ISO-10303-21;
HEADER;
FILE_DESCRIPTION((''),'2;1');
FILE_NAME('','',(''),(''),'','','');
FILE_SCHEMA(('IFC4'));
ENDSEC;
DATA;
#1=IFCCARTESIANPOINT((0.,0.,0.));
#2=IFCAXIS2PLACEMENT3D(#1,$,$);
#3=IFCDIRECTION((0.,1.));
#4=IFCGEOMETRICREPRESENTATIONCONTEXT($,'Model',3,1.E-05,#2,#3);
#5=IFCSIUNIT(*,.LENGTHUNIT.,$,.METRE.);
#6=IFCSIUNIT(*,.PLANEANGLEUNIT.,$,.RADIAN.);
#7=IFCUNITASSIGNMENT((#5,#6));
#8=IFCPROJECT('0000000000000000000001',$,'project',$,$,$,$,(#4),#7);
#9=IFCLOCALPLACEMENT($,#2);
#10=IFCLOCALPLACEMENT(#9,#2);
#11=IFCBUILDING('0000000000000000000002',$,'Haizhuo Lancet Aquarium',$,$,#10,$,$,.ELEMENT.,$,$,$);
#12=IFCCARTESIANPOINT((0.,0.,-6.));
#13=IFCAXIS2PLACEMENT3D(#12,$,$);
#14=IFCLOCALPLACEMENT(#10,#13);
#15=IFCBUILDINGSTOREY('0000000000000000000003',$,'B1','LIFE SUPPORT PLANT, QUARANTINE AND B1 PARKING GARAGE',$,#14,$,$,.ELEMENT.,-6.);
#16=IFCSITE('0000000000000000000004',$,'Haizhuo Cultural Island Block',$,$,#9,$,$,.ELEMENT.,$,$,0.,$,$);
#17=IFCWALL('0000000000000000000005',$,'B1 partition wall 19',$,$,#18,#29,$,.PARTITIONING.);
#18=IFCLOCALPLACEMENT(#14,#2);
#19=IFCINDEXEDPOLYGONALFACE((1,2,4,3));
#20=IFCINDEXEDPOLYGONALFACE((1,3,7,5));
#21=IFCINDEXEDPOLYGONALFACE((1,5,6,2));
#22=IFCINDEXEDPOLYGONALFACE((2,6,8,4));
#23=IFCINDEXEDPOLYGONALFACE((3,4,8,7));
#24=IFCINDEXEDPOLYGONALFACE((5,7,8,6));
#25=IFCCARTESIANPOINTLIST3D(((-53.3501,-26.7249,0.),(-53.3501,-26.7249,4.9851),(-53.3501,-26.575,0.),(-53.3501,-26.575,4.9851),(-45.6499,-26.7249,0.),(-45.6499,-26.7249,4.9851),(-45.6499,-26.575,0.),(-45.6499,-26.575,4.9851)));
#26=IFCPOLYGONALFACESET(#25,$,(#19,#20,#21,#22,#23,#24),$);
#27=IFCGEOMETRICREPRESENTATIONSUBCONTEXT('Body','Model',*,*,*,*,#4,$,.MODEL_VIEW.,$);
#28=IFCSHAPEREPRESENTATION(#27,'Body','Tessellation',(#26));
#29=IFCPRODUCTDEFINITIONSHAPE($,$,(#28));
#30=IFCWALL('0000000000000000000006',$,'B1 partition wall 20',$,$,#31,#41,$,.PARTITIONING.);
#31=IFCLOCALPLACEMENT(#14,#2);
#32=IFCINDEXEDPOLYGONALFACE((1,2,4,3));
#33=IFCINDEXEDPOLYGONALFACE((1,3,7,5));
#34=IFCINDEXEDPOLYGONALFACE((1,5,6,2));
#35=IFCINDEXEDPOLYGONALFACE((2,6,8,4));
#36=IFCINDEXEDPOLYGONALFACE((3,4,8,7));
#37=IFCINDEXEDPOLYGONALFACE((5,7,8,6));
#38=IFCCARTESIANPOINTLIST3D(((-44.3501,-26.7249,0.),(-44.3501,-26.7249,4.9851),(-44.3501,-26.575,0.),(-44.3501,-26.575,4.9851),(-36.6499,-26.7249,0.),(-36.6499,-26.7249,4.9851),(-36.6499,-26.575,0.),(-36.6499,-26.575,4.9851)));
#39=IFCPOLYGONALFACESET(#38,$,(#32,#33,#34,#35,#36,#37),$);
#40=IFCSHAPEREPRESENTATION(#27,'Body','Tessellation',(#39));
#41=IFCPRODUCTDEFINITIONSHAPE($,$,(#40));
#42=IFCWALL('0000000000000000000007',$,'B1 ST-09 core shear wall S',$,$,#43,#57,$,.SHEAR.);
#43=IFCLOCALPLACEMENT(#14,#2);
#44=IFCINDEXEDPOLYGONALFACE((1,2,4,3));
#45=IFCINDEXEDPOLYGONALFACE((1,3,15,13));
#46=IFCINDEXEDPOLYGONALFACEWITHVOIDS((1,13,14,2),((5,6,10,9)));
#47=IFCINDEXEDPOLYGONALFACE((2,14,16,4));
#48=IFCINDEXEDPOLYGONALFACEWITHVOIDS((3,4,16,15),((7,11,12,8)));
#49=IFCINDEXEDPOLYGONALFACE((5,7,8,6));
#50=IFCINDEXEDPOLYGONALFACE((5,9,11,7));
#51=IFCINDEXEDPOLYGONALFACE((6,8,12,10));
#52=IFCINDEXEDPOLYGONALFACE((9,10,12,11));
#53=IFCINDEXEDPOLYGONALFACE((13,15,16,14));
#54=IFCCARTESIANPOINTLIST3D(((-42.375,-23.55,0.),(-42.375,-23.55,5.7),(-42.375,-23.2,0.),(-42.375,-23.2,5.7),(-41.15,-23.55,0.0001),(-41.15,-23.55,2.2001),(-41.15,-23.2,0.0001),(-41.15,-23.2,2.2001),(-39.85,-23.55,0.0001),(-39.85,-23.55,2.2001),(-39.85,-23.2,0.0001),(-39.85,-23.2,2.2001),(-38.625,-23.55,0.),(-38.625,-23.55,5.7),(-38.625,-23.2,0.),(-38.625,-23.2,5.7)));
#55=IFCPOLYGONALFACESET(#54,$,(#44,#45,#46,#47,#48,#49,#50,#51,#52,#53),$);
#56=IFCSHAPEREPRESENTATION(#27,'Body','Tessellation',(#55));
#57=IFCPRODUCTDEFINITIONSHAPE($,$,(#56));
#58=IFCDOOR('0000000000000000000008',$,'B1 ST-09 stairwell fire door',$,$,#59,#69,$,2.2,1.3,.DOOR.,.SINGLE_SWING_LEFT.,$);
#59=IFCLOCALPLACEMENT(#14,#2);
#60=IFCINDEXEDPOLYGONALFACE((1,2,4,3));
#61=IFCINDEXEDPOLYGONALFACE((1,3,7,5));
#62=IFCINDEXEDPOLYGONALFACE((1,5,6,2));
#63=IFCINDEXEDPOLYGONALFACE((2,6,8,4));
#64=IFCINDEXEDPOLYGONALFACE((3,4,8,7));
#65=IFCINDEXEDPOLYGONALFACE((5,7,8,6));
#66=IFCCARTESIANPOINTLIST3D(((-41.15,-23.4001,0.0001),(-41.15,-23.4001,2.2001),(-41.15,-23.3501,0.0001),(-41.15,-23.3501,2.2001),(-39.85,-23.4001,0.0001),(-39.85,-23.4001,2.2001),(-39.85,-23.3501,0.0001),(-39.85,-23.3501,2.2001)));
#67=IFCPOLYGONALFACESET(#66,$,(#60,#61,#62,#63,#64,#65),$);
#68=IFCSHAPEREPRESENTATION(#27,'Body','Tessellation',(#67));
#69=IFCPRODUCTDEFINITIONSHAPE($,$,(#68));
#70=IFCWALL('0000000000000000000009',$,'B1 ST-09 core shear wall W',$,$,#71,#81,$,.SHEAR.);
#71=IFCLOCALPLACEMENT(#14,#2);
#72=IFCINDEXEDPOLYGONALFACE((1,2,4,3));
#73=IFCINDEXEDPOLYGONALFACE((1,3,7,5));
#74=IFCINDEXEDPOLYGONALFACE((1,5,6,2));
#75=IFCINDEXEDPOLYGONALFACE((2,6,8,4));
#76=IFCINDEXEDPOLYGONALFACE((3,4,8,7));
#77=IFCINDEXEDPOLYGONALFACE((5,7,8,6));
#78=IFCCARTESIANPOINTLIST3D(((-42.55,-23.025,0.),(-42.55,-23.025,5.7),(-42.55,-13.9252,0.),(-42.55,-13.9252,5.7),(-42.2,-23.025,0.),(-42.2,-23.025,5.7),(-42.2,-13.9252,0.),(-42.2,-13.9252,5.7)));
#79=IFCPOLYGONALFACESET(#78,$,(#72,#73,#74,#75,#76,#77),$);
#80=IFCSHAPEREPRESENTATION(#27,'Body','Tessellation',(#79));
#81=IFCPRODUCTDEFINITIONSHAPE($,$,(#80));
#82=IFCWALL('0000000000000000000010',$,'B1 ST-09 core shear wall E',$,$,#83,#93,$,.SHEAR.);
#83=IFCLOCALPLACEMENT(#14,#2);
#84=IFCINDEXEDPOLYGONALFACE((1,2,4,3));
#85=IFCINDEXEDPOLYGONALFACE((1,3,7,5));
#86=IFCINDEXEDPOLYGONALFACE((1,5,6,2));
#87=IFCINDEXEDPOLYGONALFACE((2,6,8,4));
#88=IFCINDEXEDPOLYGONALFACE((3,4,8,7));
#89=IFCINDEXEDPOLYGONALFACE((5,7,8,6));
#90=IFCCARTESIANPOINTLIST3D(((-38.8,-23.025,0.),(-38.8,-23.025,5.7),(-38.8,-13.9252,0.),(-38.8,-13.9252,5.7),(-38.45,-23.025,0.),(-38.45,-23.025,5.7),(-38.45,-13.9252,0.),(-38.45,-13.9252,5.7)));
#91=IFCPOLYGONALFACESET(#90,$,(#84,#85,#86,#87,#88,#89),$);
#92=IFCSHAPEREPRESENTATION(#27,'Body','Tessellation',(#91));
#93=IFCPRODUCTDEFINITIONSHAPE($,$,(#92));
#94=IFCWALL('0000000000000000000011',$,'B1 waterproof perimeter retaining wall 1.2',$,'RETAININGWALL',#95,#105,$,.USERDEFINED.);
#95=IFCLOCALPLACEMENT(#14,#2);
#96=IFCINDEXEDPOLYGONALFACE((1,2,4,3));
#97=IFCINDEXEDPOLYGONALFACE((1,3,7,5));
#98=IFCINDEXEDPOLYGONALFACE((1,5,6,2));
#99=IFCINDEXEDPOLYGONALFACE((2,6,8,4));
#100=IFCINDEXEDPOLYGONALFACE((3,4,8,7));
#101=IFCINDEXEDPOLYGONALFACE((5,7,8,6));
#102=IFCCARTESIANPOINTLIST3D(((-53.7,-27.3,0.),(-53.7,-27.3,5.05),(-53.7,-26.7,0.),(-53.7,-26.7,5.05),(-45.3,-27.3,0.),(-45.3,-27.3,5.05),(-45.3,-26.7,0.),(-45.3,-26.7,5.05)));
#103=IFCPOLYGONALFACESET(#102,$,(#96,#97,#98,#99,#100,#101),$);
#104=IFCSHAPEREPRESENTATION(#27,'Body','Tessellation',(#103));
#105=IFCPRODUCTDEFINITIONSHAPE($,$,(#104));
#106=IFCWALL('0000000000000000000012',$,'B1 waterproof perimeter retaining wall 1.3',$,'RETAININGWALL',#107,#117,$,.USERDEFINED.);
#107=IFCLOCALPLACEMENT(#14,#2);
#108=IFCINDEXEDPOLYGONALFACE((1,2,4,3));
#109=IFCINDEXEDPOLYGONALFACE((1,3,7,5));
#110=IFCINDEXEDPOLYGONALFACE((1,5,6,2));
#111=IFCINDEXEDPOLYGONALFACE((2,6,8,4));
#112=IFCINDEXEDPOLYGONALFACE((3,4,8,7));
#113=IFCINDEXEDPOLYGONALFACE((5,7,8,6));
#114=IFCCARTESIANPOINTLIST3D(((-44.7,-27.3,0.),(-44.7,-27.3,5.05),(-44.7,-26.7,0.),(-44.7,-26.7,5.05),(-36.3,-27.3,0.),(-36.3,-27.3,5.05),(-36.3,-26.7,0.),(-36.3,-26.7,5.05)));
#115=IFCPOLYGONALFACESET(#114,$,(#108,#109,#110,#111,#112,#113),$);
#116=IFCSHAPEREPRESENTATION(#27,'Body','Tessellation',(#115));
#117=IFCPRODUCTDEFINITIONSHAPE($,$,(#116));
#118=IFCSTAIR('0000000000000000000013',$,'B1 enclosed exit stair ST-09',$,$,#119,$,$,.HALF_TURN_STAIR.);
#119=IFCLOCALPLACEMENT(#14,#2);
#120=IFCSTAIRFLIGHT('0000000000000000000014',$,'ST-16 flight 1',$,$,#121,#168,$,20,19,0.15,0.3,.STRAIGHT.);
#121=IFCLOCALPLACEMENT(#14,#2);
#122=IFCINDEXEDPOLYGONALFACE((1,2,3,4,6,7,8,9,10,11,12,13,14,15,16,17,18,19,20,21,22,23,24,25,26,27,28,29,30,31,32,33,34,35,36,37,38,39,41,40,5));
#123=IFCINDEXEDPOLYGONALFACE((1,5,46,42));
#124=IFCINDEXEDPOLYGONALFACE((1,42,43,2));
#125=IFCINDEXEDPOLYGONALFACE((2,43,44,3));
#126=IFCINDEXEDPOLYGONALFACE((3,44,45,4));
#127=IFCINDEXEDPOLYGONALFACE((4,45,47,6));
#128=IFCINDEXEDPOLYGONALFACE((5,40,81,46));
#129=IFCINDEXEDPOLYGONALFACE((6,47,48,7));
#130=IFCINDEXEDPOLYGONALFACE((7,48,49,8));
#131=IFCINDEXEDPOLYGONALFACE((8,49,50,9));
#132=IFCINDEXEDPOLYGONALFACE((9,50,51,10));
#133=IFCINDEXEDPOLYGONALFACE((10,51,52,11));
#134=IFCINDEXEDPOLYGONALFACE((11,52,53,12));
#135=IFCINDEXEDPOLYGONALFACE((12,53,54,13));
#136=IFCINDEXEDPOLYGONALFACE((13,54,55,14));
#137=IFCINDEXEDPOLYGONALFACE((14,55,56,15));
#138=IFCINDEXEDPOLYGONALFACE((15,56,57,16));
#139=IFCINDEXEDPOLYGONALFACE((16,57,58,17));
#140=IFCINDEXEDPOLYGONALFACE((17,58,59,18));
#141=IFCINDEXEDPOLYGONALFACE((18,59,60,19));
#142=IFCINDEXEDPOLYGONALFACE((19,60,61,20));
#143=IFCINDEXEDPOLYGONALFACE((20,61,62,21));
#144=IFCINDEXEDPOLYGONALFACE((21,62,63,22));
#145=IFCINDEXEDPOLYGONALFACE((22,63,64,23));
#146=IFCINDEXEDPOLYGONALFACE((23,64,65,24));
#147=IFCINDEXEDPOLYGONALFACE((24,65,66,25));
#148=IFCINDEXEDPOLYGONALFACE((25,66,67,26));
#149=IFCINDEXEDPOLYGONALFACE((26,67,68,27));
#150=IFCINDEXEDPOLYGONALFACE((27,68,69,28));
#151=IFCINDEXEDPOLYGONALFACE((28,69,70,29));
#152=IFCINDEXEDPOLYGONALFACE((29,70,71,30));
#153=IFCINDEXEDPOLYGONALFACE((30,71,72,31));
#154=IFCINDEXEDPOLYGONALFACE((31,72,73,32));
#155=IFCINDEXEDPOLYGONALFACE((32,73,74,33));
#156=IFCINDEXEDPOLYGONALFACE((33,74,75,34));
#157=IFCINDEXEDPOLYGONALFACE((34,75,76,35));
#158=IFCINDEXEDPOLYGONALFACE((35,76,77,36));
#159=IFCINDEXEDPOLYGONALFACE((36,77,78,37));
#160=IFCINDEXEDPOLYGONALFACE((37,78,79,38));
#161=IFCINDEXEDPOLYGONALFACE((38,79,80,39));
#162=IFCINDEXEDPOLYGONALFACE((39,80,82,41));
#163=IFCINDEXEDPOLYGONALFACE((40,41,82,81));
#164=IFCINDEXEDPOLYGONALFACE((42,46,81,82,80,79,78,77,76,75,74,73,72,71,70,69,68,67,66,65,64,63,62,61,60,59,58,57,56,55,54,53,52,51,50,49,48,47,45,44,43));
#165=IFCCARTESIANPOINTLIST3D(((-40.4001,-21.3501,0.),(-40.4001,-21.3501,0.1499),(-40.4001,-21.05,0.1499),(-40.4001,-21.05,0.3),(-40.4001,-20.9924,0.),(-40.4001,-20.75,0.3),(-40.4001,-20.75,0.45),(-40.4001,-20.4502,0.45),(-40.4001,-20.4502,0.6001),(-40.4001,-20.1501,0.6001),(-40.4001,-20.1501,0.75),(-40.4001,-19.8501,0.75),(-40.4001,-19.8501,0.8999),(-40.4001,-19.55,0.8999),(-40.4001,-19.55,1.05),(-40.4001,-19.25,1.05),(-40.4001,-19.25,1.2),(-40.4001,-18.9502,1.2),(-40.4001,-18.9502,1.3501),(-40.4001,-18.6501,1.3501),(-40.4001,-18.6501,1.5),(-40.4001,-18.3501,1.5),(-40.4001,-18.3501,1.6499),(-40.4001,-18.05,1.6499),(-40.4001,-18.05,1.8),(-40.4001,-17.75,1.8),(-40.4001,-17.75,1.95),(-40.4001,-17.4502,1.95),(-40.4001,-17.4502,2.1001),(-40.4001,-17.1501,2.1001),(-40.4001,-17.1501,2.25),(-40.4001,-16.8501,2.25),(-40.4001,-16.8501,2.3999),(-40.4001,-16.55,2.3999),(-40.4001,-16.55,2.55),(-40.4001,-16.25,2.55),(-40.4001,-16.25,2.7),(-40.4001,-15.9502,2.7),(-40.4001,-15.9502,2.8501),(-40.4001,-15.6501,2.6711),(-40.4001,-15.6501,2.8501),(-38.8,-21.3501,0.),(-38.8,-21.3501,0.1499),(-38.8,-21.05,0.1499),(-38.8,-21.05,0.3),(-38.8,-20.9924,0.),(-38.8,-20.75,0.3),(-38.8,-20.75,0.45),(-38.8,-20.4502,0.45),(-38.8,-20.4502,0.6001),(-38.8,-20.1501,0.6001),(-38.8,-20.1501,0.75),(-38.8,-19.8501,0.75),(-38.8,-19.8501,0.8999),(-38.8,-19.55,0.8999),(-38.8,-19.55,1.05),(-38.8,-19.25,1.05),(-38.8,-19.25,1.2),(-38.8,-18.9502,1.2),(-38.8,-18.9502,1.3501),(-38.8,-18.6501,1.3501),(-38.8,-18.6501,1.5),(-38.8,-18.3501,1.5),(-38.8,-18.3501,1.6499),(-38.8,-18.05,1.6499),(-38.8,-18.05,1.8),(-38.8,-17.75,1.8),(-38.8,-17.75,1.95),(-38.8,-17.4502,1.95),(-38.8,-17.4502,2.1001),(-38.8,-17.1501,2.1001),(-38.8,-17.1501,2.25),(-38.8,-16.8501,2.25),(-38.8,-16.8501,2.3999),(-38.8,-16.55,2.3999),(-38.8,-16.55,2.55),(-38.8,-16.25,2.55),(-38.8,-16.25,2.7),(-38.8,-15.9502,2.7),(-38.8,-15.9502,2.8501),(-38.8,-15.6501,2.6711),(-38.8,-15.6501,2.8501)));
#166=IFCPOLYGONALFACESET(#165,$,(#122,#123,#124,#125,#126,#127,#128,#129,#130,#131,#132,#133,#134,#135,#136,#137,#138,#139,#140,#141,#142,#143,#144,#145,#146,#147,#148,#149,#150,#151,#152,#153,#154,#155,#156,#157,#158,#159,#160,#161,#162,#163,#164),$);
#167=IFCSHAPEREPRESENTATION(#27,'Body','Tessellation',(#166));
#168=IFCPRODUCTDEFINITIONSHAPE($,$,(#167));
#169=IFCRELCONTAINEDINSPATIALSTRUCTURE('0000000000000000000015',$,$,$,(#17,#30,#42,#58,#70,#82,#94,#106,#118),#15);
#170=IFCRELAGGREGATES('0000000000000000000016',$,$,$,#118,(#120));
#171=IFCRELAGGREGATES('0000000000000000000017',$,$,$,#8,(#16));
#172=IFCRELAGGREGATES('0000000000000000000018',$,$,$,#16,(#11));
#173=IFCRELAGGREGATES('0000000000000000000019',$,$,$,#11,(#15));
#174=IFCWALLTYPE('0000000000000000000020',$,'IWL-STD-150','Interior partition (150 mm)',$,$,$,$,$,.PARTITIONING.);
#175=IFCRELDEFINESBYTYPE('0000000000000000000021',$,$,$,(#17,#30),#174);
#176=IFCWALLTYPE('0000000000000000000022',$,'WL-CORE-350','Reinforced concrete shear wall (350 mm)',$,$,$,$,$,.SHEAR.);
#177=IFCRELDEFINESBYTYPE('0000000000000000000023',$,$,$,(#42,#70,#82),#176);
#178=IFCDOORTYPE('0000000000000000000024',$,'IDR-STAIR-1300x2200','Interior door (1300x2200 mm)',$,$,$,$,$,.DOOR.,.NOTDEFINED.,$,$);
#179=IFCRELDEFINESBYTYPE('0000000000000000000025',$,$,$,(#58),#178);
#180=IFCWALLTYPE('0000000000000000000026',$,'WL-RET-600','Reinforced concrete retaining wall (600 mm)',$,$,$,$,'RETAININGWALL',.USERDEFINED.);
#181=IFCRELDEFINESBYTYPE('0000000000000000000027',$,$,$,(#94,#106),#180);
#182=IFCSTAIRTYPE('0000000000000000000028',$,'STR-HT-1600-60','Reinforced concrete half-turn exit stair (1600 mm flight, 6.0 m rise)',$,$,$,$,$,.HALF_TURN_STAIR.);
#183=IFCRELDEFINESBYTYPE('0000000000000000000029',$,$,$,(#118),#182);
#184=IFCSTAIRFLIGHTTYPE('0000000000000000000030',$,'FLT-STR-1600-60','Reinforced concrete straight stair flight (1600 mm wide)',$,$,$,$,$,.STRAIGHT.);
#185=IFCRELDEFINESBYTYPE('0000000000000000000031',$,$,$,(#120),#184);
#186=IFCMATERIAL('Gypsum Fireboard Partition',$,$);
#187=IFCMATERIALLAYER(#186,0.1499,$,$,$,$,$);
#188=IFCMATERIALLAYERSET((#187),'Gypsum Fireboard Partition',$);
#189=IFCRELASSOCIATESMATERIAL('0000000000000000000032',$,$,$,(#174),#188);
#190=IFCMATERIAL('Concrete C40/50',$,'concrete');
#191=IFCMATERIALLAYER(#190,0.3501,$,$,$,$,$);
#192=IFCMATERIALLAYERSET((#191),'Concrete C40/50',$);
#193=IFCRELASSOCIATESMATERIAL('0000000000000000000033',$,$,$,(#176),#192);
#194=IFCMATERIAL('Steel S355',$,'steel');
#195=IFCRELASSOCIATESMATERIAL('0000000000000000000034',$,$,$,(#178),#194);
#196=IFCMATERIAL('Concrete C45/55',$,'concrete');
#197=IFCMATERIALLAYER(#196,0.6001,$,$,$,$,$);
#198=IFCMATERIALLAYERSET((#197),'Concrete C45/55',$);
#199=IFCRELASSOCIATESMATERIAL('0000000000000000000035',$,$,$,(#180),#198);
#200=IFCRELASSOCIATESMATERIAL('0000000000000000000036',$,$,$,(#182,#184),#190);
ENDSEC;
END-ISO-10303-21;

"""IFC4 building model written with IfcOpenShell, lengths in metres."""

from ifc_helpers import new_model, si_unit, direction, frame, frame_2d, origin, place, context, subcontext, project, spatial, polyline, rectangle, outline, extrude, material, layer, layer_set, type_object, element, fill, aggregate, save


model = new_model("IFC4")

# Units and contexts
model_context = context("Model", 3, precision=1e-05, world=origin(), true_north=direction((0.0, 1.0)))
body_context = subcontext(model_context, "Body", "Model", "MODEL_VIEW")
ifc_project = project(units=[si_unit("LENGTHUNIT", "METRE"), si_unit("PLANEANGLEUNIT", "RADIAN")], contexts=[model_context])

# Site, building, storey
site_placement = place(None, origin())
site = spatial("IfcSite", under=ifc_project, at=site_placement, Name="Haizhuo Cultural Island Block", CompositionType="ELEMENT", RefElevation=0.0)
building_placement = place(site_placement, origin())
building = spatial("IfcBuilding", under=site, at=building_placement, Name="Haizhuo Lancet Aquarium", CompositionType="ELEMENT")
storey_placement = place(building_placement, frame((0.0, 0.0, -6.0)))
storey = spatial("IfcBuildingStorey", under=building, at=storey_placement, Name="B1", Description="LIFE SUPPORT PLANT, QUARANTINE AND B1 PARKING GARAGE", CompositionType="ELEMENT", Elevation=-6.0)

# Shared definitions
ifc_material_1 = material(Name="Concrete C40/50", Category="concrete")

# Shared definitions
ifc_material_2 = material(Name="Steel S355", Category="steel")

# Walls
ifc_material_3 = material(Name="Gypsum Fireboard Partition")
ifc_layer_1 = layer(ifc_material_3, 0.1499)
ifc_layer_set_1 = layer_set([ifc_layer_1], Name="Gypsum Fireboard Partition")
wall_type_1 = type_object("IfcWallType", Name="IWL-STD-150", Description="Interior partition (150 mm)", PredefinedType="PARTITIONING", material=ifc_layer_set_1)
for number, where, z_axis, x_axis, name in (
    (1, (-53.3501, -26.6499, 0.0), (0.0, 0.0, 1.0), (1.0, 0.0, 0.0), "B1 partition wall 19"),
    (2, (-44.3501, -26.6499, 0.0), (0.0, 0.0, 1.0), (1.0, 0.0, 0.0), "B1 partition wall 20"),
):
    element("IfcWall", number, at=place(storey_placement, frame(where, z_axis=z_axis, x_axis=x_axis)), inside=storey, type_object=wall_type_1, Name=name, PredefinedType="PARTITIONING", context=body_context, shape_type="SweptSolid", body=[
        extrude(rectangle(XDim=7.7002, YDim=0.1499, at=frame_2d((3.8501, 0.0))), origin(), (0.0, 0.0, 1.0), 4.9851),
    ])

# Wall, opening, door
ifc_layer_2 = layer(ifc_material_1, 0.3501)
ifc_layer_set_2 = layer_set([ifc_layer_2], Name="Concrete C40/50")
wall_type_2 = type_object("IfcWallType", Name="WL-CORE-350", Description="Reinforced concrete shear wall (350 mm)", PredefinedType="SHEAR", material=ifc_layer_set_2)
wall_placement = place(storey_placement, frame((-42.375, -23.375, 0.0), z_axis=(0.0, 0.0, 1.0), x_axis=(1.0, 0.0, 0.0)))
wall = element("IfcWall", 3, at=wall_placement, inside=storey, type_object=wall_type_2, Name="B1 ST-09 core shear wall S", PredefinedType="SHEAR", context=body_context, shape_type="SweptSolid", body=[
    extrude(rectangle(XDim=3.75, YDim=0.3501, at=frame_2d((1.875, 0.0))), origin(), (0.0, 0.0, 1.0), 5.7),
])
opening_placement = place(wall_placement, frame((1.2251, 0.0, 0.0)))
opening = element("IfcOpeningElement", 4, at=opening_placement, cuts=wall, PredefinedType="OPENING", context=body_context, shape_type="SweptSolid", body=[
    extrude(rectangle(XDim=1.3, YDim=2.2, at=frame_2d((0.6499, 1.1001))), frame((0.0, 0.1851, 0.0), z_axis=(0.0, -1.0, 0.0), x_axis=(1.0, 0.0, 0.0)), (0.0, 0.0, 1.0), 0.3701),
])
door_type = type_object("IfcDoorType", Name="IDR-STAIR-1300x2200", Description="Interior door (1300x2200 mm)", OperationType="NOTDEFINED", PredefinedType="DOOR", material=ifc_material_2)
door_placement = place(opening_placement, origin())
door = element("IfcDoor", 5, at=door_placement, inside=storey, type_object=door_type, Name="B1 ST-09 stairwell fire door", OperationType="SINGLE_SWING_LEFT", OverallHeight=2.2, OverallWidth=1.3, PredefinedType="DOOR", context=body_context, shape_type="SweptSolid", body=[
    extrude(rectangle(XDim=1.3, YDim=2.2, at=frame_2d((0.6499, 1.1001))), frame((0.0, 0.0249, 0.0), z_axis=(0.0, -1.0, 0.0), x_axis=(1.0, 0.0, 0.0)), (0.0, 0.0, 1.0), 0.05),
])
fill(opening, door)

# Walls
for number, where, z_axis, x_axis, name in (
    (6, (-42.375, -23.0249, 0.0), (0.0, 0.0, 1.0), (0.0, 1.0, 0.0), "B1 ST-09 core shear wall W"),
    (7, (-38.625, -23.0249, 0.0), (0.0, 0.0, 1.0), (0.0, 1.0, 0.0), "B1 ST-09 core shear wall E"),
):
    element("IfcWall", number, at=place(storey_placement, frame(where, z_axis=z_axis, x_axis=x_axis)), inside=storey, type_object=wall_type_2, Name=name, PredefinedType="SHEAR", context=body_context, shape_type="SweptSolid", body=[
        extrude(rectangle(XDim=9.0999, YDim=0.3501, at=frame_2d((4.5498, 0.0))), origin(), (0.0, 0.0, 1.0), 5.7),
    ])
ifc_material_4 = material(Name="Concrete C45/55", Category="concrete")
ifc_layer_3 = layer(ifc_material_4, 0.6001)
ifc_layer_set_3 = layer_set([ifc_layer_3], Name="Concrete C45/55")
wall_type_3 = type_object("IfcWallType", Name="WL-RET-600", Description="Reinforced concrete retaining wall (600 mm)", ElementType="RETAININGWALL", PredefinedType="USERDEFINED", material=ifc_layer_set_3)
for number, where, z_axis, x_axis, name in (
    (8, (-53.7, -27.0, 0.0), (0.0, 0.0, 1.0), (1.0, 0.0, 0.0), "B1 waterproof perimeter retaining wall 1.2"),
    (9, (-44.7, -27.0, 0.0), (0.0, 0.0, 1.0), (1.0, 0.0, 0.0), "B1 waterproof perimeter retaining wall 1.3"),
):
    element("IfcWall", number, at=place(storey_placement, frame(where, z_axis=z_axis, x_axis=x_axis)), inside=storey, type_object=wall_type_3, Name=name, ObjectType="RETAININGWALL", PredefinedType="USERDEFINED", context=body_context, shape_type="SweptSolid", body=[
        extrude(rectangle(XDim=8.3999, YDim=0.6001, at=frame_2d((4.2, 0.0))), origin(), (0.0, 0.0, 1.0), 5.05),
    ])

# Stair, stair flight
stair_type = type_object("IfcStairType", Name="STR-HT-1600-60", Description="Reinforced concrete half-turn exit stair (1600 mm flight, 6.0 m rise)", PredefinedType="HALF_TURN_STAIR", material=ifc_material_1)
stair_placement = place(storey_placement, origin())
stair = element("IfcStair", 10, at=stair_placement, inside=storey, type_object=stair_type, Name="B1 enclosed exit stair ST-09", PredefinedType="HALF_TURN_STAIR")
stair_flight_type = type_object("IfcStairFlightType", Name="FLT-STR-1600-60", Description="Reinforced concrete straight stair flight (1600 mm wide)", PredefinedType="STRAIGHT", material=ifc_material_1)
stair_flight_placement = place(storey_placement, frame((-39.6001, -21.3501, 0.0), z_axis=(0.0, 0.0, 1.0), x_axis=(0.0, 1.0, 0.0)))
stair_flight = element("IfcStairFlight", 11, at=stair_flight_placement, type_object=stair_flight_type, Name="ST-16 flight 1", NumberOfRisers=20, NumberOfTreads=19, PredefinedType="STRAIGHT", RiserHeight=0.15, TreadLength=0.3, context=body_context, shape_type="SweptSolid", body=[
    extrude(outline(polyline([(0.0, 0.0), (0.0, 0.1499), (0.3, 0.1499), (0.3, 0.3), (0.6001, 0.3), (0.6001, 0.45), (0.8999, 0.45), (0.8999, 0.6001), (1.2, 0.6001), (1.2, 0.75), (1.5, 0.75), (1.5, 0.8999), (1.8, 0.8999), (1.8, 1.05), (2.1001, 1.05), (2.1001, 1.2), (2.3999, 1.2), (2.3999, 1.3501), (2.7, 1.3501), (2.7, 1.5), (3.0, 1.5), (3.0, 1.6499), (3.3, 1.6499), (3.3, 1.8), (3.6001, 1.8), (3.6001, 1.95), (3.8999, 1.95), (3.8999, 2.1001), (4.2, 2.1001), (4.2, 2.25), (4.5, 2.25), (4.5, 2.3999), (4.8, 2.3999), (4.8, 2.55), (5.1001, 2.55), (5.1001, 2.7), (5.3999, 2.7), (5.3999, 2.8501), (5.7, 2.8501), (5.7, 3.0), (5.7, 2.6711), (0.3577, 0.0), (0.0, 0.0)])), frame((0.0, 0.8, 0.0), z_axis=(0.0, -1.0, 0.0), x_axis=(1.0, 0.0, 0.0)), (0.0, 0.0, 1.0), 1.6001),
])
aggregate(stair, [stair_flight])

save(model, "model.ifc")
